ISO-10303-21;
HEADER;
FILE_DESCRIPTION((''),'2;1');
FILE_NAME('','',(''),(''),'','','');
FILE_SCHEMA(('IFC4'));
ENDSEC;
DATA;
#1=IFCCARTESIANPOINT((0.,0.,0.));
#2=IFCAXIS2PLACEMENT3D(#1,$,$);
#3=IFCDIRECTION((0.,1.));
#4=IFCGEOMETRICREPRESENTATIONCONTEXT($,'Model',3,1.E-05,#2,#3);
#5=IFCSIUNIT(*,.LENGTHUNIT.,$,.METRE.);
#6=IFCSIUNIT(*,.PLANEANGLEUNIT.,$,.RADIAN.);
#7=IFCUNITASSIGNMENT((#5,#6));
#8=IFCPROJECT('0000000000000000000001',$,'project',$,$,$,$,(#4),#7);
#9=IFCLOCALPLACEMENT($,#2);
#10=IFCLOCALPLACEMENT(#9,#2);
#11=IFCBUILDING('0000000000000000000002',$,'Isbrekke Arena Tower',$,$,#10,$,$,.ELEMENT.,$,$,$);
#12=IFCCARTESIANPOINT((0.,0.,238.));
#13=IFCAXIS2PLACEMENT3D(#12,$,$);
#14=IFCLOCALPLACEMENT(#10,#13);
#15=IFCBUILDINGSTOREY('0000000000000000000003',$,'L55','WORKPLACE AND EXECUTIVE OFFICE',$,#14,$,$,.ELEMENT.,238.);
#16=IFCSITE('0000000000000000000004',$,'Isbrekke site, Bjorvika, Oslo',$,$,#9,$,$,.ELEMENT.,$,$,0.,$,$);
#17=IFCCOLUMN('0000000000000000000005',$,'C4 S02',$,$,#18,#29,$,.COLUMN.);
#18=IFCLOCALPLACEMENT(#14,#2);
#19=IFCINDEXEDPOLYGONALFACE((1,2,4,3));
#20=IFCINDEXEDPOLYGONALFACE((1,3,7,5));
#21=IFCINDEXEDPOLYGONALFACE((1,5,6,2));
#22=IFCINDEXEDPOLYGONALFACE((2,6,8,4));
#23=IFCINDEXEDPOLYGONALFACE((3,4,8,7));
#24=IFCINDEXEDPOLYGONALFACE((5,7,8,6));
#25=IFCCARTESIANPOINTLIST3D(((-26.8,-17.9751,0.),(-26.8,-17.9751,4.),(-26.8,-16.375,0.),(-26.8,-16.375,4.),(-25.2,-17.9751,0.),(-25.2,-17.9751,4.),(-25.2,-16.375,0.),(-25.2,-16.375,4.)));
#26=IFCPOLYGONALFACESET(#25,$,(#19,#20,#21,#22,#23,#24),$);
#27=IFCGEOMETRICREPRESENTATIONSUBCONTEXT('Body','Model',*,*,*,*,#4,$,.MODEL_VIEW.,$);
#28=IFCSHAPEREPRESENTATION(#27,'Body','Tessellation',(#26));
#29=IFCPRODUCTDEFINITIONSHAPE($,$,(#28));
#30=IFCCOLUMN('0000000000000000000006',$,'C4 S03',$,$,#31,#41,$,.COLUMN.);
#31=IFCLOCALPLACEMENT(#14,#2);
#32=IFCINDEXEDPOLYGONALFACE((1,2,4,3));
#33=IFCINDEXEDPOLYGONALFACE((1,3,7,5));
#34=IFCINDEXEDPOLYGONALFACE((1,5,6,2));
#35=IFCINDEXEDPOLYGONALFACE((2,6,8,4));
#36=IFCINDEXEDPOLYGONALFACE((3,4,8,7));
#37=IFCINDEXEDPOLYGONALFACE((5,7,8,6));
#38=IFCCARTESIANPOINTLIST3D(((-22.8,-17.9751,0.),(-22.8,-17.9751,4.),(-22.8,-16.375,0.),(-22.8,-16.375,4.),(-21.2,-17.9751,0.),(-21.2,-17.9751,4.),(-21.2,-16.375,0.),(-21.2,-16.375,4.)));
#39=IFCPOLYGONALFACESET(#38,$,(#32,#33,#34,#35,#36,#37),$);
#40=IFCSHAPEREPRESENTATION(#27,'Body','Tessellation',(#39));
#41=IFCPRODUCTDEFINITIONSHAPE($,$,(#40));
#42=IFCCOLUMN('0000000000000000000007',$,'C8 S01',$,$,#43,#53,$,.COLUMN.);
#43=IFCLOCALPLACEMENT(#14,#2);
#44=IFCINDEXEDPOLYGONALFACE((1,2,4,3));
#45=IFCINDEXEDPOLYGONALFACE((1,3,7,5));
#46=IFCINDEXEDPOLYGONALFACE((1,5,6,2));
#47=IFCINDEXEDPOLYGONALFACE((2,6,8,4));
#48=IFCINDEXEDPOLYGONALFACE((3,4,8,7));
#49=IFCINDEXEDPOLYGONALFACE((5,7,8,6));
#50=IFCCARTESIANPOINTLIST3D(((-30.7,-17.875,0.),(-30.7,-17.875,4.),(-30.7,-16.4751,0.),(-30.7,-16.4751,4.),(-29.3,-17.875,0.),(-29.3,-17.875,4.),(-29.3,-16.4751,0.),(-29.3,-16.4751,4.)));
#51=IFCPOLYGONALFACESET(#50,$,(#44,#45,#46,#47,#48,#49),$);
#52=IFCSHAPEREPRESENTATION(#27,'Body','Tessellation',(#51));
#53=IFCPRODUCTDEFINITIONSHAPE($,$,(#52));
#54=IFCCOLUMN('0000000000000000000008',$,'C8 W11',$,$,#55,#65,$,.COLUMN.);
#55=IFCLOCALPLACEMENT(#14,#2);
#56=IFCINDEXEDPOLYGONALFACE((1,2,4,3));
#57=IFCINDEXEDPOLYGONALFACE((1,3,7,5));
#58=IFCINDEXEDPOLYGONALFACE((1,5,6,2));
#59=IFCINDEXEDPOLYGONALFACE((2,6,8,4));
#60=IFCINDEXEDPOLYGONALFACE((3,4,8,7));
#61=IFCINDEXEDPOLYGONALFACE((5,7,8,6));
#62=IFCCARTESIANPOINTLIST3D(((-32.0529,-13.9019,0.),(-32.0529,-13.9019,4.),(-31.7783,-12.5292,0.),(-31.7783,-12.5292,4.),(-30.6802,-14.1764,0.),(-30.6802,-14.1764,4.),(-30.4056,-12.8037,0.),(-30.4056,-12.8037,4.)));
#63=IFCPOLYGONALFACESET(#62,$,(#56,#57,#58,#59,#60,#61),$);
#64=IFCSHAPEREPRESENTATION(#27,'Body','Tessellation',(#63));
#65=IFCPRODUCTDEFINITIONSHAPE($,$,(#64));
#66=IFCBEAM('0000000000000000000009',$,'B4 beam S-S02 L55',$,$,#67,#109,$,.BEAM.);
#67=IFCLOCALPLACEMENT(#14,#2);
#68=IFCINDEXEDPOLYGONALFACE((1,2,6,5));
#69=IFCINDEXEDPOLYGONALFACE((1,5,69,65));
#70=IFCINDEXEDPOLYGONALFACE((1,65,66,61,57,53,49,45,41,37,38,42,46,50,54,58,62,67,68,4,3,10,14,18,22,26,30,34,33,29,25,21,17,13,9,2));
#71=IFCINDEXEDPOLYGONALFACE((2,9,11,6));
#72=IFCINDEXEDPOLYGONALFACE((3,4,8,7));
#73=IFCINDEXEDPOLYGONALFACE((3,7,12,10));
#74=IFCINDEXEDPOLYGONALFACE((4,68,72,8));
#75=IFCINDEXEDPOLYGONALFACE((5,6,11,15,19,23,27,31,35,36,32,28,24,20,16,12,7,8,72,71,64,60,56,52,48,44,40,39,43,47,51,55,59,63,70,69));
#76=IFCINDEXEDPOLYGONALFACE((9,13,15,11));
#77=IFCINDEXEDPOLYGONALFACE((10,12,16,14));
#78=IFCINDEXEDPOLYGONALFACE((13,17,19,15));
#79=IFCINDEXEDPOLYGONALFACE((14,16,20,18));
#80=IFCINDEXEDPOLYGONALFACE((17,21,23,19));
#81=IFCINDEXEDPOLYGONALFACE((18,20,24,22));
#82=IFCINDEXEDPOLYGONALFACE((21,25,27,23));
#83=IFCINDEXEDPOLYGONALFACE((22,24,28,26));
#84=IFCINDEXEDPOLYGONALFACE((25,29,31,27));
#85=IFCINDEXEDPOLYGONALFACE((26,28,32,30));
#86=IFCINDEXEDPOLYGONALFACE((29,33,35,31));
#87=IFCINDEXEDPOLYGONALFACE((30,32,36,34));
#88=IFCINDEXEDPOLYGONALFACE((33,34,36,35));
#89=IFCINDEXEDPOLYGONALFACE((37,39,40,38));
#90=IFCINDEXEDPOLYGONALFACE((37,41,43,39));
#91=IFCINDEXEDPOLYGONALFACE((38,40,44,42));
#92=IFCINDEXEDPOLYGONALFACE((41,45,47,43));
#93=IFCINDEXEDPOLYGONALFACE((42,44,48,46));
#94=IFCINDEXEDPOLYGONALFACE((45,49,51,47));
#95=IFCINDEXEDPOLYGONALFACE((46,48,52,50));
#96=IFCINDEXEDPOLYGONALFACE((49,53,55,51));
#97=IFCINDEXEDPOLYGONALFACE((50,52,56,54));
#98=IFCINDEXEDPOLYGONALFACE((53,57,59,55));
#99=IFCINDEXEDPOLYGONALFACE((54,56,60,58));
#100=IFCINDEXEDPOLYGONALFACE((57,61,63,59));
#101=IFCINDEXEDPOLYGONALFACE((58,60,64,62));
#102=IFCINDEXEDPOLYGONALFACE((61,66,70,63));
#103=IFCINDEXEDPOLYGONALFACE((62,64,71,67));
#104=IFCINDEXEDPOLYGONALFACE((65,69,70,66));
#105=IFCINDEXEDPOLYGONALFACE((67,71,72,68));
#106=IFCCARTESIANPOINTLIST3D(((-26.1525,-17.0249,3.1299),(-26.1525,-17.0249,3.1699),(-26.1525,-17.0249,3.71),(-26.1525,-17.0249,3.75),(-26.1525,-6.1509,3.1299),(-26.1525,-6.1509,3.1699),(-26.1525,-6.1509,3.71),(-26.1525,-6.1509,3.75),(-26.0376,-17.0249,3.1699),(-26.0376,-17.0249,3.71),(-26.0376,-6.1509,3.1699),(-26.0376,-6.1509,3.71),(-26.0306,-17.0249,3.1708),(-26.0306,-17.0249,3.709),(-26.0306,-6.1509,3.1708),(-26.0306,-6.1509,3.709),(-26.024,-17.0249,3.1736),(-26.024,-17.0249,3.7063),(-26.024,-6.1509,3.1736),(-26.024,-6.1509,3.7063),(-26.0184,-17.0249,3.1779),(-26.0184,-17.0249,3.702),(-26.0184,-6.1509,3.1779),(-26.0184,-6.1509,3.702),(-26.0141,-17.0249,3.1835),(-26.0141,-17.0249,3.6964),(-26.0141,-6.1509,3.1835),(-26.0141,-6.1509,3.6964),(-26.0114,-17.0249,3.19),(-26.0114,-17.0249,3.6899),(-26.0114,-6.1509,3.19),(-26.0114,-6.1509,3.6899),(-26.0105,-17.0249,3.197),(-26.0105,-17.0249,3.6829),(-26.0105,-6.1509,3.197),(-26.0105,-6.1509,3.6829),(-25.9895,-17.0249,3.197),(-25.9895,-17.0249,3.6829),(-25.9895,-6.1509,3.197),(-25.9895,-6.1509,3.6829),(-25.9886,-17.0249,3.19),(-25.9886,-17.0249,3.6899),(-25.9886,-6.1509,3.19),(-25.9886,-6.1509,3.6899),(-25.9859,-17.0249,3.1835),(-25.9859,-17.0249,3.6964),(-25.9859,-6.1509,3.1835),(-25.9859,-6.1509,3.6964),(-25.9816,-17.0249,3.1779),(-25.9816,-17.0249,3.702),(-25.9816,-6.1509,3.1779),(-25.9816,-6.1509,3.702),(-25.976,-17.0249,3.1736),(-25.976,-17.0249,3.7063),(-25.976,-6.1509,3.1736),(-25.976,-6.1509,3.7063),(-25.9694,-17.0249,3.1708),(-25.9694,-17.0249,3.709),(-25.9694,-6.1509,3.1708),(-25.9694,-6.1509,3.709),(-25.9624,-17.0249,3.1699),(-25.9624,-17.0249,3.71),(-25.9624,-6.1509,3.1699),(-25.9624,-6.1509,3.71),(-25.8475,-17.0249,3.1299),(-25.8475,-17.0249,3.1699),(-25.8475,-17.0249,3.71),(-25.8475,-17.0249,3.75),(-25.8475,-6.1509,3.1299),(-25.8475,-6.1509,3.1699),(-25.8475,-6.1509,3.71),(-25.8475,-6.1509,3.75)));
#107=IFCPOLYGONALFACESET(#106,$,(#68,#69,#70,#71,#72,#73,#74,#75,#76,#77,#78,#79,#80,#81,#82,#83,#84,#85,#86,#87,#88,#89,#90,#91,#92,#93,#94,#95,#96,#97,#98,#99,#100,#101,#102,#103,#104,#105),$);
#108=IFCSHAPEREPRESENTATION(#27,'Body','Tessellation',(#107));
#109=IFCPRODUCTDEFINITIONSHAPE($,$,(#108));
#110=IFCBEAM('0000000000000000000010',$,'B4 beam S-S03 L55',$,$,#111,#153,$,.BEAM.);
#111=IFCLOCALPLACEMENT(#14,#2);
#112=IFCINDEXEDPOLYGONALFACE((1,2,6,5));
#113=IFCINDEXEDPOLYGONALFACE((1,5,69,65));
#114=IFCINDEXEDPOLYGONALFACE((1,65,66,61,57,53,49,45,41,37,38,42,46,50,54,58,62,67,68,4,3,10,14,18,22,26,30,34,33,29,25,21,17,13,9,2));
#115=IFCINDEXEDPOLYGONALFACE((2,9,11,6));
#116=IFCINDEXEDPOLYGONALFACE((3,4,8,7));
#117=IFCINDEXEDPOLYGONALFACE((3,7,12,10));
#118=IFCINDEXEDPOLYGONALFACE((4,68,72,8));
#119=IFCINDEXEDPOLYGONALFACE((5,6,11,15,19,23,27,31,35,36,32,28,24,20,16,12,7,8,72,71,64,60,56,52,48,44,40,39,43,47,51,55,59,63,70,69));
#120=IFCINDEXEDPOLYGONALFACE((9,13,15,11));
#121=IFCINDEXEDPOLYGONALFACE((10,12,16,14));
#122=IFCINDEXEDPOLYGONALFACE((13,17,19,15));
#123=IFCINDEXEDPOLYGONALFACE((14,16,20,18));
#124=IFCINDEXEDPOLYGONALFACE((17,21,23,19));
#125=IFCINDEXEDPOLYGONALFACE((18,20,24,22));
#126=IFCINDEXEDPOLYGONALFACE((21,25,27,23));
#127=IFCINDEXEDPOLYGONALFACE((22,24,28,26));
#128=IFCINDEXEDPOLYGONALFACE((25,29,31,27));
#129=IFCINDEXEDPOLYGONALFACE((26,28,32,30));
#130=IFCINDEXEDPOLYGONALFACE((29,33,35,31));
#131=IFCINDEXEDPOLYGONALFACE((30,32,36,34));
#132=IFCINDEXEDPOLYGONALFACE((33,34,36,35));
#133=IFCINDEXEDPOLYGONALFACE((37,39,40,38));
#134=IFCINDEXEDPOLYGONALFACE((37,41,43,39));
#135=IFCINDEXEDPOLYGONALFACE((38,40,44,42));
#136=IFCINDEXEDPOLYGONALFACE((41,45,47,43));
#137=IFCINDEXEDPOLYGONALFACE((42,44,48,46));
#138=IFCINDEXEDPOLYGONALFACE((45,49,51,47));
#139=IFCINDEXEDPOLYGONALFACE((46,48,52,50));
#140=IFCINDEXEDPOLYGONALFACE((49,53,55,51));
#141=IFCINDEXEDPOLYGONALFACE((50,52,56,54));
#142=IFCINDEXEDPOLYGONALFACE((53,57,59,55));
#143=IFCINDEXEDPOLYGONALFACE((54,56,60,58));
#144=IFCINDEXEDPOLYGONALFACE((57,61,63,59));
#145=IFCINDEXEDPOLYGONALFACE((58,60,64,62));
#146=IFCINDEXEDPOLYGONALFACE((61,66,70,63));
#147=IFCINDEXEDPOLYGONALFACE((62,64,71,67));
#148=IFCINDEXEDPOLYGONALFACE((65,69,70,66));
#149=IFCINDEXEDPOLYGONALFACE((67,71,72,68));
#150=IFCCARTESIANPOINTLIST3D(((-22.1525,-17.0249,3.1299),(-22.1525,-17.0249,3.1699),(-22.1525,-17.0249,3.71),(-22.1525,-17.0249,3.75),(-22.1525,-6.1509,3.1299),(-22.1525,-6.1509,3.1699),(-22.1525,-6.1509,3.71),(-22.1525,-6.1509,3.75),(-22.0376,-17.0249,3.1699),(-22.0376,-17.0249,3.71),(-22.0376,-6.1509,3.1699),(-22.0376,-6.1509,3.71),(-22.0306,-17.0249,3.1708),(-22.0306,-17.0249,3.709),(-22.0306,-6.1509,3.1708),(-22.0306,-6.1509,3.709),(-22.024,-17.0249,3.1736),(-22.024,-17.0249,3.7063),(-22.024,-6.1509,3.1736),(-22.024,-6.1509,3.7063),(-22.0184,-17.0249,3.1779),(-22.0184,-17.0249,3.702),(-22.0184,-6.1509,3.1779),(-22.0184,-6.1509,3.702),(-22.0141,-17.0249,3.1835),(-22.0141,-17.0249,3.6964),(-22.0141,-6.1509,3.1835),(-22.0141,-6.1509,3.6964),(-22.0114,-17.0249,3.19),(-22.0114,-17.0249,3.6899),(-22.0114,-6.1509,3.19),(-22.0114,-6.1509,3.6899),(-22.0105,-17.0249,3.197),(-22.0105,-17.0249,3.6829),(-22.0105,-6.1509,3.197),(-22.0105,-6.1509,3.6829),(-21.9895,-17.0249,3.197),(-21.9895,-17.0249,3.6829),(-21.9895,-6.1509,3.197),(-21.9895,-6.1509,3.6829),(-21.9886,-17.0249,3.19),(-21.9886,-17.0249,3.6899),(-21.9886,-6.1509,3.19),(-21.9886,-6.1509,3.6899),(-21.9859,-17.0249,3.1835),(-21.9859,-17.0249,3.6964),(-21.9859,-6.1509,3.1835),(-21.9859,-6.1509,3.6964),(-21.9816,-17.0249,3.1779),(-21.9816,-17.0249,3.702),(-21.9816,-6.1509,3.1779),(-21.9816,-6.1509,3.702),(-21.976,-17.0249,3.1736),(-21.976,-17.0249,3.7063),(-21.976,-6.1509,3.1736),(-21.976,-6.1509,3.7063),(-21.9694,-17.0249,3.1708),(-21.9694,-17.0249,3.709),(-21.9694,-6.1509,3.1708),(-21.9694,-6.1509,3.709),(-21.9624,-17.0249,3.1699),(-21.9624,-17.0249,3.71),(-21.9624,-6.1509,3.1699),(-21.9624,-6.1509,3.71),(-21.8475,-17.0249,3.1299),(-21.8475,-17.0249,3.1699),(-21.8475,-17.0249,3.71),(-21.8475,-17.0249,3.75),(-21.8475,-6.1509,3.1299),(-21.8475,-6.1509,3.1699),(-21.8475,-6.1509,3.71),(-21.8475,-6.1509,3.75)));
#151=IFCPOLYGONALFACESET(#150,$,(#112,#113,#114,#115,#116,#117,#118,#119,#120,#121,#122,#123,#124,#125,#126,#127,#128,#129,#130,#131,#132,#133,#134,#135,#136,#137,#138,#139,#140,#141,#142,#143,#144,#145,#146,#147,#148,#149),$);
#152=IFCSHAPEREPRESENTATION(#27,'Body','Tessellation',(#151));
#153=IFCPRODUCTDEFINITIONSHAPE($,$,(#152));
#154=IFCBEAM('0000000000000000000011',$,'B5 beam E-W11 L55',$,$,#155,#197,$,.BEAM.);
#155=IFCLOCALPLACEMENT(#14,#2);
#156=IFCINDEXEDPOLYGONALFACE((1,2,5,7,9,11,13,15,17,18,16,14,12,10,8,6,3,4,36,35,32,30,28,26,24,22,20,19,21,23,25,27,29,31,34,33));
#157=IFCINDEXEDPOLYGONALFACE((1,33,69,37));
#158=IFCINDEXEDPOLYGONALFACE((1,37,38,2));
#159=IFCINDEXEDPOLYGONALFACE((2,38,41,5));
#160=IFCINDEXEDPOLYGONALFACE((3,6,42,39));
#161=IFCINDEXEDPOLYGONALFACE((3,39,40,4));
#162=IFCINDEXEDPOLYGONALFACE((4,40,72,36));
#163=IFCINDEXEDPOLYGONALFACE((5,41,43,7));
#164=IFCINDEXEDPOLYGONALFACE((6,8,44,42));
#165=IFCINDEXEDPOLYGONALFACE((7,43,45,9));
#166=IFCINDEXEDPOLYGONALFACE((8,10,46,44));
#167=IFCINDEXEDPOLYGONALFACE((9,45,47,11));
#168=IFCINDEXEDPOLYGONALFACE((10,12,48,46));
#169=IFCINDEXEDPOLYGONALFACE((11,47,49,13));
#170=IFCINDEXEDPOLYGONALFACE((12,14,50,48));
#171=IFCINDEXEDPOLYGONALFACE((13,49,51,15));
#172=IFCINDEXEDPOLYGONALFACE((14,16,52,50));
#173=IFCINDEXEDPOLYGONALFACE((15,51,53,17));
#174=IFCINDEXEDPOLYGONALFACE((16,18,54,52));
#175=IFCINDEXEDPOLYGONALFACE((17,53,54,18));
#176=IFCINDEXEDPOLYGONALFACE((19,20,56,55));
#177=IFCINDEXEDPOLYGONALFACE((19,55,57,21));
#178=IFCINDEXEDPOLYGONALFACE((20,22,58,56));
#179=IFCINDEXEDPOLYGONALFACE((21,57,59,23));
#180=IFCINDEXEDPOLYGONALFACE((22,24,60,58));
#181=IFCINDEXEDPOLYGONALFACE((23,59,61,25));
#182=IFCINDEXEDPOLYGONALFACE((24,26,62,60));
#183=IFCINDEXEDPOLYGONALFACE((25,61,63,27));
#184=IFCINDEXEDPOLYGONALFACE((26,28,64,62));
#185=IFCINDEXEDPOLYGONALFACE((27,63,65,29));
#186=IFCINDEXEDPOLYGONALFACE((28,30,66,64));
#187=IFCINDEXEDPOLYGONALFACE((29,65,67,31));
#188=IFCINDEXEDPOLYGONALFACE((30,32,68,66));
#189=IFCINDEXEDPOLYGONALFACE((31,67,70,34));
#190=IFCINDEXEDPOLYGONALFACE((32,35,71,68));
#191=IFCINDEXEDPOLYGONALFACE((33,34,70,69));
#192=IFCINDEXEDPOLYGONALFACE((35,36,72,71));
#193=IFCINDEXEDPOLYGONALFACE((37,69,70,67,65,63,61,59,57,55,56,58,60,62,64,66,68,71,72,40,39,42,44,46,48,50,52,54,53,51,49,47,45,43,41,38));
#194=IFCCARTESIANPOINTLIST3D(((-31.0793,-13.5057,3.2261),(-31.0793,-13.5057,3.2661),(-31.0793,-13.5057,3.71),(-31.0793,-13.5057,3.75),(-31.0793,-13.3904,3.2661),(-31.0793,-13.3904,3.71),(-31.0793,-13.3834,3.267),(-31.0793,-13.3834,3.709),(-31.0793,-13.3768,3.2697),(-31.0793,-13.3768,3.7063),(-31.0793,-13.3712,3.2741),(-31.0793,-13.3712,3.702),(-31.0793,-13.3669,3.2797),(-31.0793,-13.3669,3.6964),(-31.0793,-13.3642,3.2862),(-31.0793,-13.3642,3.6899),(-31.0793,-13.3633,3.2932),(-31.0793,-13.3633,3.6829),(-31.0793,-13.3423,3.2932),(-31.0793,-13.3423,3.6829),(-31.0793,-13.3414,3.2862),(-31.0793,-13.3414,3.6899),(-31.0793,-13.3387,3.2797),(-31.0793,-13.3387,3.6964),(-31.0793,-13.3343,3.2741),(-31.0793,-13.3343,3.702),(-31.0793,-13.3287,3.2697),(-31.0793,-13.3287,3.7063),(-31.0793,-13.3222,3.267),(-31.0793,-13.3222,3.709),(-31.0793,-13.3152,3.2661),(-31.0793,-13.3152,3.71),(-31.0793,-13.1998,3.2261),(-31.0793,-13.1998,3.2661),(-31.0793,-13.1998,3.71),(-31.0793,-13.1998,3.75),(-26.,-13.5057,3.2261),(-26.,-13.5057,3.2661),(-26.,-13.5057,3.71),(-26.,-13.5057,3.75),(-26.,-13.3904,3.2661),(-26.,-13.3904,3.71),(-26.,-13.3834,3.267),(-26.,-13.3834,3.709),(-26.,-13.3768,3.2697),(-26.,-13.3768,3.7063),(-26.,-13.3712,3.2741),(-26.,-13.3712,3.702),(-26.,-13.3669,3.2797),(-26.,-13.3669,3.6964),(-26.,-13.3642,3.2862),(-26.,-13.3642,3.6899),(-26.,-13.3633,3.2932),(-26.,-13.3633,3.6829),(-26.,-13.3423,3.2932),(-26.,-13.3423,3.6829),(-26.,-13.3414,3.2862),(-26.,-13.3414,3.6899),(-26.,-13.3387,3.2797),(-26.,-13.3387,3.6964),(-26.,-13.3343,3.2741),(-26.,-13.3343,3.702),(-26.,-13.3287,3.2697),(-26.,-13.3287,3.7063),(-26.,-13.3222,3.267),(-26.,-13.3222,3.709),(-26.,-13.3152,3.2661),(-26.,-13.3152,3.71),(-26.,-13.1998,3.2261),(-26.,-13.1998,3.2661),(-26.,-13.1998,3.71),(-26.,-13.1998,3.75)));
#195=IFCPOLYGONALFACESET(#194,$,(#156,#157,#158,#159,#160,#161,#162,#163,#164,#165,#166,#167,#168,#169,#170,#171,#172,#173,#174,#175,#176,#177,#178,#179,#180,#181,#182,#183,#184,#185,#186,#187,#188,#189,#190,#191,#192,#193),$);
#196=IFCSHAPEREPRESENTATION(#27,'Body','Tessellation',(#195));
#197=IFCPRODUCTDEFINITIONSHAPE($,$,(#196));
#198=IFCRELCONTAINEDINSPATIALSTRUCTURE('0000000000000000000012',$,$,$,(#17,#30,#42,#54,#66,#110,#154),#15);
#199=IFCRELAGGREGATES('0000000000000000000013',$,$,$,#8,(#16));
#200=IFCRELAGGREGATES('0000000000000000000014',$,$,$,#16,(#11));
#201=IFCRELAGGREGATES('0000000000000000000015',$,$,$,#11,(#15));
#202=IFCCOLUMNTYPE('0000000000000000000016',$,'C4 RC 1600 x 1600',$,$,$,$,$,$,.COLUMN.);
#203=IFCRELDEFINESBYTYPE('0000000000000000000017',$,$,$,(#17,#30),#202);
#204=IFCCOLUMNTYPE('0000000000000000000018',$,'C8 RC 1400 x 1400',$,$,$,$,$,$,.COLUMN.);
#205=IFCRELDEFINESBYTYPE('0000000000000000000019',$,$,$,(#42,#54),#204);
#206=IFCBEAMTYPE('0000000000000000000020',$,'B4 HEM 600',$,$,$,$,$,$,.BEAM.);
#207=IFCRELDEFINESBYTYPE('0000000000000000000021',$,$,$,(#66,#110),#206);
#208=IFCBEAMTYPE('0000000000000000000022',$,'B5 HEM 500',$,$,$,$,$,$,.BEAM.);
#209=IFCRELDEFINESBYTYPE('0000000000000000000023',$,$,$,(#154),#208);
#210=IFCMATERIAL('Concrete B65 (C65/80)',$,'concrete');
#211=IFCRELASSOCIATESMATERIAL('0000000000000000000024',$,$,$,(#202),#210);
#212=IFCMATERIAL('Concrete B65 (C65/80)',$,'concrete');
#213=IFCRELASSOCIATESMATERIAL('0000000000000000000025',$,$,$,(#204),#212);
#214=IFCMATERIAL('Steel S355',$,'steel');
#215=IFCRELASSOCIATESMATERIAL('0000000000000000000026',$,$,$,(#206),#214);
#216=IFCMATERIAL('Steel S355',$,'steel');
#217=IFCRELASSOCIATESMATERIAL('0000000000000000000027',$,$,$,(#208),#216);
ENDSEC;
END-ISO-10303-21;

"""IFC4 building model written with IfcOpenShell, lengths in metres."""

from ifc_helpers import new_model, si_unit, direction, frame, origin, origin_2d, place, context, subcontext, project, spatial, rectangle, i_section, extrude, material, material_profile, profile_set, type_object, element, save


model = new_model("IFC4")

# Units and contexts
model_context = context("Model", 3, precision=1e-05, world=origin(), true_north=direction((0.0, 1.0)))
body_context = subcontext(model_context, "Body", "Model", "MODEL_VIEW")
ifc_project = project(units=[si_unit("LENGTHUNIT", "METRE"), si_unit("PLANEANGLEUNIT", "RADIAN")], contexts=[model_context])

# Site, building, storey
site_placement = place(None, origin())
site = spatial("IfcSite", under=ifc_project, at=site_placement, Name="Isbrekke site, Bjorvika, Oslo", CompositionType="ELEMENT", RefElevation=0.0)
building_placement = place(site_placement, origin())
building = spatial("IfcBuilding", under=site, at=building_placement, Name="Isbrekke Arena Tower", CompositionType="ELEMENT")
storey_placement = place(building_placement, frame((0.0, 0.0, 238.0)))
storey = spatial("IfcBuildingStorey", under=building, at=storey_placement, Name="L55", Description="WORKPLACE AND EXECUTIVE OFFICE", CompositionType="ELEMENT", Elevation=238.0)

# Columns
ifc_material_1 = material(Name="Concrete B65 (C65/80)", Category="concrete")
ifc_material_profile_1 = material_profile(ifc_material_1, rectangle(XDim=1.6001, YDim=1.6001, at=origin_2d()), Name="RC 1600x1600")
ifc_profile_set_1 = profile_set([ifc_material_profile_1], Name="Concrete B65 (C65/80)")
column_type_1 = type_object("IfcColumnType", Name="C4 RC 1600 x 1600", PredefinedType="COLUMN", material=ifc_profile_set_1)
for number, where, z_axis, x_axis, name in (
    (1, (-26.0, -17.175, 0.0), (0.0, 0.0, 1.0), (1.0, 0.0, 0.0), "C4 S02"),
    (2, (-22.0, -17.175, 0.0), (0.0, 0.0, 1.0), (1.0, 0.0, 0.0), "C4 S03"),
):
    element("IfcColumn", number, at=place(storey_placement, frame(where, z_axis=z_axis, x_axis=x_axis)), inside=storey, type_object=column_type_1, Name=name, PredefinedType="COLUMN", context=body_context, shape_type="SweptSolid", body=[
        extrude(rectangle(XDim=1.6001, YDim=1.6001, at=origin_2d()), origin(), (0.0, 0.0, 1.0), 4.0),
    ])
ifc_material_2 = material(Name="Concrete B65 (C65/80)", Category="concrete")
ifc_material_profile_2 = material_profile(ifc_material_2, rectangle(XDim=1.3999, YDim=1.3999, at=origin_2d()), Name="RC 1400x1400")
ifc_profile_set_2 = profile_set([ifc_material_profile_2], Name="Concrete B65 (C65/80)")
column_type_2 = type_object("IfcColumnType", Name="C8 RC 1400 x 1400", PredefinedType="COLUMN", material=ifc_profile_set_2)
for number, where, z_axis, x_axis, name in (
    (3, (-30.0, -17.175, 0.0), (0.0, 0.0, 1.0), (1.0, 0.0, 0.0), "C8 S01"),
    (4, (-31.2292, -13.3528, 0.0), (0.0, 0.0, 1.0), (-0.196116, -0.980581, 0.0), "C8 W11"),
):
    element("IfcColumn", number, at=place(storey_placement, frame(where, z_axis=z_axis, x_axis=x_axis)), inside=storey, type_object=column_type_2, Name=name, PredefinedType="COLUMN", context=body_context, shape_type="SweptSolid", body=[
        extrude(rectangle(XDim=1.3999, YDim=1.3999, at=origin_2d()), origin(), (0.0, 0.0, 1.0), 4.0),
    ])

# Beams
ifc_material_3 = material(Name="Steel S355", Category="steel")
ifc_material_profile_3 = material_profile(ifc_material_3, i_section(OverallWidth=0.3049, OverallDepth=0.6201, WebThickness=0.021, FlangeThickness=0.04, FilletRadius=0.0271, at=origin_2d()), Name="HEM 600")
ifc_profile_set_3 = profile_set([ifc_material_profile_3], Name="Steel S355")
beam_type_1 = type_object("IfcBeamType", Name="B4 HEM 600", PredefinedType="BEAM", material=ifc_profile_set_3)
for number, where, z_axis, x_axis, name in (
    (5, (-26.0, -17.0249, 3.4399), (0.0, 1.0, 0.0), (-1.0, 0.0, 0.0), "B4 beam S-S02 L55"),
    (6, (-22.0, -17.0249, 3.4399), (0.0, 1.0, 0.0), (-1.0, 0.0, 0.0), "B4 beam S-S03 L55"),
):
    element("IfcBeam", number, at=place(storey_placement, frame(where, z_axis=z_axis, x_axis=x_axis)), inside=storey, type_object=beam_type_1, Name=name, PredefinedType="BEAM", context=body_context, shape_type="SweptSolid", body=[
        extrude(i_section(OverallWidth=0.3049, OverallDepth=0.6201, WebThickness=0.021, FlangeThickness=0.04, FilletRadius=0.0271, at=origin_2d()), origin(), (0.0, 0.0, 1.0), 10.874),
    ])
ifc_material_4 = material(Name="Steel S355", Category="steel")
ifc_material_profile_4 = material_profile(ifc_material_4, i_section(OverallWidth=0.3059, OverallDepth=0.5239, WebThickness=0.021, FlangeThickness=0.04, FilletRadius=0.0271, at=origin_2d()), Name="HEM 500")
ifc_profile_set_4 = profile_set([ifc_material_profile_4], Name="Steel S355")
beam_type_2 = type_object("IfcBeamType", Name="B5 HEM 500", PredefinedType="BEAM", material=ifc_profile_set_4)
beam_1_placement = place(storey_placement, frame((-31.0793, -13.3528, 3.488), z_axis=(1.0, 0.0, 0.0), x_axis=(0.0, 1.0, 0.0)))
element("IfcBeam", 7, at=beam_1_placement, inside=storey, type_object=beam_type_2, Name="B5 beam E-W11 L55", PredefinedType="BEAM", context=body_context, shape_type="SweptSolid", body=[
    extrude(i_section(OverallWidth=0.3059, OverallDepth=0.5239, WebThickness=0.021, FlangeThickness=0.04, FilletRadius=0.0271, at=origin_2d()), origin(), (0.0, 0.0, 1.0), 5.0793),
])

save(model, "model.ifc")
